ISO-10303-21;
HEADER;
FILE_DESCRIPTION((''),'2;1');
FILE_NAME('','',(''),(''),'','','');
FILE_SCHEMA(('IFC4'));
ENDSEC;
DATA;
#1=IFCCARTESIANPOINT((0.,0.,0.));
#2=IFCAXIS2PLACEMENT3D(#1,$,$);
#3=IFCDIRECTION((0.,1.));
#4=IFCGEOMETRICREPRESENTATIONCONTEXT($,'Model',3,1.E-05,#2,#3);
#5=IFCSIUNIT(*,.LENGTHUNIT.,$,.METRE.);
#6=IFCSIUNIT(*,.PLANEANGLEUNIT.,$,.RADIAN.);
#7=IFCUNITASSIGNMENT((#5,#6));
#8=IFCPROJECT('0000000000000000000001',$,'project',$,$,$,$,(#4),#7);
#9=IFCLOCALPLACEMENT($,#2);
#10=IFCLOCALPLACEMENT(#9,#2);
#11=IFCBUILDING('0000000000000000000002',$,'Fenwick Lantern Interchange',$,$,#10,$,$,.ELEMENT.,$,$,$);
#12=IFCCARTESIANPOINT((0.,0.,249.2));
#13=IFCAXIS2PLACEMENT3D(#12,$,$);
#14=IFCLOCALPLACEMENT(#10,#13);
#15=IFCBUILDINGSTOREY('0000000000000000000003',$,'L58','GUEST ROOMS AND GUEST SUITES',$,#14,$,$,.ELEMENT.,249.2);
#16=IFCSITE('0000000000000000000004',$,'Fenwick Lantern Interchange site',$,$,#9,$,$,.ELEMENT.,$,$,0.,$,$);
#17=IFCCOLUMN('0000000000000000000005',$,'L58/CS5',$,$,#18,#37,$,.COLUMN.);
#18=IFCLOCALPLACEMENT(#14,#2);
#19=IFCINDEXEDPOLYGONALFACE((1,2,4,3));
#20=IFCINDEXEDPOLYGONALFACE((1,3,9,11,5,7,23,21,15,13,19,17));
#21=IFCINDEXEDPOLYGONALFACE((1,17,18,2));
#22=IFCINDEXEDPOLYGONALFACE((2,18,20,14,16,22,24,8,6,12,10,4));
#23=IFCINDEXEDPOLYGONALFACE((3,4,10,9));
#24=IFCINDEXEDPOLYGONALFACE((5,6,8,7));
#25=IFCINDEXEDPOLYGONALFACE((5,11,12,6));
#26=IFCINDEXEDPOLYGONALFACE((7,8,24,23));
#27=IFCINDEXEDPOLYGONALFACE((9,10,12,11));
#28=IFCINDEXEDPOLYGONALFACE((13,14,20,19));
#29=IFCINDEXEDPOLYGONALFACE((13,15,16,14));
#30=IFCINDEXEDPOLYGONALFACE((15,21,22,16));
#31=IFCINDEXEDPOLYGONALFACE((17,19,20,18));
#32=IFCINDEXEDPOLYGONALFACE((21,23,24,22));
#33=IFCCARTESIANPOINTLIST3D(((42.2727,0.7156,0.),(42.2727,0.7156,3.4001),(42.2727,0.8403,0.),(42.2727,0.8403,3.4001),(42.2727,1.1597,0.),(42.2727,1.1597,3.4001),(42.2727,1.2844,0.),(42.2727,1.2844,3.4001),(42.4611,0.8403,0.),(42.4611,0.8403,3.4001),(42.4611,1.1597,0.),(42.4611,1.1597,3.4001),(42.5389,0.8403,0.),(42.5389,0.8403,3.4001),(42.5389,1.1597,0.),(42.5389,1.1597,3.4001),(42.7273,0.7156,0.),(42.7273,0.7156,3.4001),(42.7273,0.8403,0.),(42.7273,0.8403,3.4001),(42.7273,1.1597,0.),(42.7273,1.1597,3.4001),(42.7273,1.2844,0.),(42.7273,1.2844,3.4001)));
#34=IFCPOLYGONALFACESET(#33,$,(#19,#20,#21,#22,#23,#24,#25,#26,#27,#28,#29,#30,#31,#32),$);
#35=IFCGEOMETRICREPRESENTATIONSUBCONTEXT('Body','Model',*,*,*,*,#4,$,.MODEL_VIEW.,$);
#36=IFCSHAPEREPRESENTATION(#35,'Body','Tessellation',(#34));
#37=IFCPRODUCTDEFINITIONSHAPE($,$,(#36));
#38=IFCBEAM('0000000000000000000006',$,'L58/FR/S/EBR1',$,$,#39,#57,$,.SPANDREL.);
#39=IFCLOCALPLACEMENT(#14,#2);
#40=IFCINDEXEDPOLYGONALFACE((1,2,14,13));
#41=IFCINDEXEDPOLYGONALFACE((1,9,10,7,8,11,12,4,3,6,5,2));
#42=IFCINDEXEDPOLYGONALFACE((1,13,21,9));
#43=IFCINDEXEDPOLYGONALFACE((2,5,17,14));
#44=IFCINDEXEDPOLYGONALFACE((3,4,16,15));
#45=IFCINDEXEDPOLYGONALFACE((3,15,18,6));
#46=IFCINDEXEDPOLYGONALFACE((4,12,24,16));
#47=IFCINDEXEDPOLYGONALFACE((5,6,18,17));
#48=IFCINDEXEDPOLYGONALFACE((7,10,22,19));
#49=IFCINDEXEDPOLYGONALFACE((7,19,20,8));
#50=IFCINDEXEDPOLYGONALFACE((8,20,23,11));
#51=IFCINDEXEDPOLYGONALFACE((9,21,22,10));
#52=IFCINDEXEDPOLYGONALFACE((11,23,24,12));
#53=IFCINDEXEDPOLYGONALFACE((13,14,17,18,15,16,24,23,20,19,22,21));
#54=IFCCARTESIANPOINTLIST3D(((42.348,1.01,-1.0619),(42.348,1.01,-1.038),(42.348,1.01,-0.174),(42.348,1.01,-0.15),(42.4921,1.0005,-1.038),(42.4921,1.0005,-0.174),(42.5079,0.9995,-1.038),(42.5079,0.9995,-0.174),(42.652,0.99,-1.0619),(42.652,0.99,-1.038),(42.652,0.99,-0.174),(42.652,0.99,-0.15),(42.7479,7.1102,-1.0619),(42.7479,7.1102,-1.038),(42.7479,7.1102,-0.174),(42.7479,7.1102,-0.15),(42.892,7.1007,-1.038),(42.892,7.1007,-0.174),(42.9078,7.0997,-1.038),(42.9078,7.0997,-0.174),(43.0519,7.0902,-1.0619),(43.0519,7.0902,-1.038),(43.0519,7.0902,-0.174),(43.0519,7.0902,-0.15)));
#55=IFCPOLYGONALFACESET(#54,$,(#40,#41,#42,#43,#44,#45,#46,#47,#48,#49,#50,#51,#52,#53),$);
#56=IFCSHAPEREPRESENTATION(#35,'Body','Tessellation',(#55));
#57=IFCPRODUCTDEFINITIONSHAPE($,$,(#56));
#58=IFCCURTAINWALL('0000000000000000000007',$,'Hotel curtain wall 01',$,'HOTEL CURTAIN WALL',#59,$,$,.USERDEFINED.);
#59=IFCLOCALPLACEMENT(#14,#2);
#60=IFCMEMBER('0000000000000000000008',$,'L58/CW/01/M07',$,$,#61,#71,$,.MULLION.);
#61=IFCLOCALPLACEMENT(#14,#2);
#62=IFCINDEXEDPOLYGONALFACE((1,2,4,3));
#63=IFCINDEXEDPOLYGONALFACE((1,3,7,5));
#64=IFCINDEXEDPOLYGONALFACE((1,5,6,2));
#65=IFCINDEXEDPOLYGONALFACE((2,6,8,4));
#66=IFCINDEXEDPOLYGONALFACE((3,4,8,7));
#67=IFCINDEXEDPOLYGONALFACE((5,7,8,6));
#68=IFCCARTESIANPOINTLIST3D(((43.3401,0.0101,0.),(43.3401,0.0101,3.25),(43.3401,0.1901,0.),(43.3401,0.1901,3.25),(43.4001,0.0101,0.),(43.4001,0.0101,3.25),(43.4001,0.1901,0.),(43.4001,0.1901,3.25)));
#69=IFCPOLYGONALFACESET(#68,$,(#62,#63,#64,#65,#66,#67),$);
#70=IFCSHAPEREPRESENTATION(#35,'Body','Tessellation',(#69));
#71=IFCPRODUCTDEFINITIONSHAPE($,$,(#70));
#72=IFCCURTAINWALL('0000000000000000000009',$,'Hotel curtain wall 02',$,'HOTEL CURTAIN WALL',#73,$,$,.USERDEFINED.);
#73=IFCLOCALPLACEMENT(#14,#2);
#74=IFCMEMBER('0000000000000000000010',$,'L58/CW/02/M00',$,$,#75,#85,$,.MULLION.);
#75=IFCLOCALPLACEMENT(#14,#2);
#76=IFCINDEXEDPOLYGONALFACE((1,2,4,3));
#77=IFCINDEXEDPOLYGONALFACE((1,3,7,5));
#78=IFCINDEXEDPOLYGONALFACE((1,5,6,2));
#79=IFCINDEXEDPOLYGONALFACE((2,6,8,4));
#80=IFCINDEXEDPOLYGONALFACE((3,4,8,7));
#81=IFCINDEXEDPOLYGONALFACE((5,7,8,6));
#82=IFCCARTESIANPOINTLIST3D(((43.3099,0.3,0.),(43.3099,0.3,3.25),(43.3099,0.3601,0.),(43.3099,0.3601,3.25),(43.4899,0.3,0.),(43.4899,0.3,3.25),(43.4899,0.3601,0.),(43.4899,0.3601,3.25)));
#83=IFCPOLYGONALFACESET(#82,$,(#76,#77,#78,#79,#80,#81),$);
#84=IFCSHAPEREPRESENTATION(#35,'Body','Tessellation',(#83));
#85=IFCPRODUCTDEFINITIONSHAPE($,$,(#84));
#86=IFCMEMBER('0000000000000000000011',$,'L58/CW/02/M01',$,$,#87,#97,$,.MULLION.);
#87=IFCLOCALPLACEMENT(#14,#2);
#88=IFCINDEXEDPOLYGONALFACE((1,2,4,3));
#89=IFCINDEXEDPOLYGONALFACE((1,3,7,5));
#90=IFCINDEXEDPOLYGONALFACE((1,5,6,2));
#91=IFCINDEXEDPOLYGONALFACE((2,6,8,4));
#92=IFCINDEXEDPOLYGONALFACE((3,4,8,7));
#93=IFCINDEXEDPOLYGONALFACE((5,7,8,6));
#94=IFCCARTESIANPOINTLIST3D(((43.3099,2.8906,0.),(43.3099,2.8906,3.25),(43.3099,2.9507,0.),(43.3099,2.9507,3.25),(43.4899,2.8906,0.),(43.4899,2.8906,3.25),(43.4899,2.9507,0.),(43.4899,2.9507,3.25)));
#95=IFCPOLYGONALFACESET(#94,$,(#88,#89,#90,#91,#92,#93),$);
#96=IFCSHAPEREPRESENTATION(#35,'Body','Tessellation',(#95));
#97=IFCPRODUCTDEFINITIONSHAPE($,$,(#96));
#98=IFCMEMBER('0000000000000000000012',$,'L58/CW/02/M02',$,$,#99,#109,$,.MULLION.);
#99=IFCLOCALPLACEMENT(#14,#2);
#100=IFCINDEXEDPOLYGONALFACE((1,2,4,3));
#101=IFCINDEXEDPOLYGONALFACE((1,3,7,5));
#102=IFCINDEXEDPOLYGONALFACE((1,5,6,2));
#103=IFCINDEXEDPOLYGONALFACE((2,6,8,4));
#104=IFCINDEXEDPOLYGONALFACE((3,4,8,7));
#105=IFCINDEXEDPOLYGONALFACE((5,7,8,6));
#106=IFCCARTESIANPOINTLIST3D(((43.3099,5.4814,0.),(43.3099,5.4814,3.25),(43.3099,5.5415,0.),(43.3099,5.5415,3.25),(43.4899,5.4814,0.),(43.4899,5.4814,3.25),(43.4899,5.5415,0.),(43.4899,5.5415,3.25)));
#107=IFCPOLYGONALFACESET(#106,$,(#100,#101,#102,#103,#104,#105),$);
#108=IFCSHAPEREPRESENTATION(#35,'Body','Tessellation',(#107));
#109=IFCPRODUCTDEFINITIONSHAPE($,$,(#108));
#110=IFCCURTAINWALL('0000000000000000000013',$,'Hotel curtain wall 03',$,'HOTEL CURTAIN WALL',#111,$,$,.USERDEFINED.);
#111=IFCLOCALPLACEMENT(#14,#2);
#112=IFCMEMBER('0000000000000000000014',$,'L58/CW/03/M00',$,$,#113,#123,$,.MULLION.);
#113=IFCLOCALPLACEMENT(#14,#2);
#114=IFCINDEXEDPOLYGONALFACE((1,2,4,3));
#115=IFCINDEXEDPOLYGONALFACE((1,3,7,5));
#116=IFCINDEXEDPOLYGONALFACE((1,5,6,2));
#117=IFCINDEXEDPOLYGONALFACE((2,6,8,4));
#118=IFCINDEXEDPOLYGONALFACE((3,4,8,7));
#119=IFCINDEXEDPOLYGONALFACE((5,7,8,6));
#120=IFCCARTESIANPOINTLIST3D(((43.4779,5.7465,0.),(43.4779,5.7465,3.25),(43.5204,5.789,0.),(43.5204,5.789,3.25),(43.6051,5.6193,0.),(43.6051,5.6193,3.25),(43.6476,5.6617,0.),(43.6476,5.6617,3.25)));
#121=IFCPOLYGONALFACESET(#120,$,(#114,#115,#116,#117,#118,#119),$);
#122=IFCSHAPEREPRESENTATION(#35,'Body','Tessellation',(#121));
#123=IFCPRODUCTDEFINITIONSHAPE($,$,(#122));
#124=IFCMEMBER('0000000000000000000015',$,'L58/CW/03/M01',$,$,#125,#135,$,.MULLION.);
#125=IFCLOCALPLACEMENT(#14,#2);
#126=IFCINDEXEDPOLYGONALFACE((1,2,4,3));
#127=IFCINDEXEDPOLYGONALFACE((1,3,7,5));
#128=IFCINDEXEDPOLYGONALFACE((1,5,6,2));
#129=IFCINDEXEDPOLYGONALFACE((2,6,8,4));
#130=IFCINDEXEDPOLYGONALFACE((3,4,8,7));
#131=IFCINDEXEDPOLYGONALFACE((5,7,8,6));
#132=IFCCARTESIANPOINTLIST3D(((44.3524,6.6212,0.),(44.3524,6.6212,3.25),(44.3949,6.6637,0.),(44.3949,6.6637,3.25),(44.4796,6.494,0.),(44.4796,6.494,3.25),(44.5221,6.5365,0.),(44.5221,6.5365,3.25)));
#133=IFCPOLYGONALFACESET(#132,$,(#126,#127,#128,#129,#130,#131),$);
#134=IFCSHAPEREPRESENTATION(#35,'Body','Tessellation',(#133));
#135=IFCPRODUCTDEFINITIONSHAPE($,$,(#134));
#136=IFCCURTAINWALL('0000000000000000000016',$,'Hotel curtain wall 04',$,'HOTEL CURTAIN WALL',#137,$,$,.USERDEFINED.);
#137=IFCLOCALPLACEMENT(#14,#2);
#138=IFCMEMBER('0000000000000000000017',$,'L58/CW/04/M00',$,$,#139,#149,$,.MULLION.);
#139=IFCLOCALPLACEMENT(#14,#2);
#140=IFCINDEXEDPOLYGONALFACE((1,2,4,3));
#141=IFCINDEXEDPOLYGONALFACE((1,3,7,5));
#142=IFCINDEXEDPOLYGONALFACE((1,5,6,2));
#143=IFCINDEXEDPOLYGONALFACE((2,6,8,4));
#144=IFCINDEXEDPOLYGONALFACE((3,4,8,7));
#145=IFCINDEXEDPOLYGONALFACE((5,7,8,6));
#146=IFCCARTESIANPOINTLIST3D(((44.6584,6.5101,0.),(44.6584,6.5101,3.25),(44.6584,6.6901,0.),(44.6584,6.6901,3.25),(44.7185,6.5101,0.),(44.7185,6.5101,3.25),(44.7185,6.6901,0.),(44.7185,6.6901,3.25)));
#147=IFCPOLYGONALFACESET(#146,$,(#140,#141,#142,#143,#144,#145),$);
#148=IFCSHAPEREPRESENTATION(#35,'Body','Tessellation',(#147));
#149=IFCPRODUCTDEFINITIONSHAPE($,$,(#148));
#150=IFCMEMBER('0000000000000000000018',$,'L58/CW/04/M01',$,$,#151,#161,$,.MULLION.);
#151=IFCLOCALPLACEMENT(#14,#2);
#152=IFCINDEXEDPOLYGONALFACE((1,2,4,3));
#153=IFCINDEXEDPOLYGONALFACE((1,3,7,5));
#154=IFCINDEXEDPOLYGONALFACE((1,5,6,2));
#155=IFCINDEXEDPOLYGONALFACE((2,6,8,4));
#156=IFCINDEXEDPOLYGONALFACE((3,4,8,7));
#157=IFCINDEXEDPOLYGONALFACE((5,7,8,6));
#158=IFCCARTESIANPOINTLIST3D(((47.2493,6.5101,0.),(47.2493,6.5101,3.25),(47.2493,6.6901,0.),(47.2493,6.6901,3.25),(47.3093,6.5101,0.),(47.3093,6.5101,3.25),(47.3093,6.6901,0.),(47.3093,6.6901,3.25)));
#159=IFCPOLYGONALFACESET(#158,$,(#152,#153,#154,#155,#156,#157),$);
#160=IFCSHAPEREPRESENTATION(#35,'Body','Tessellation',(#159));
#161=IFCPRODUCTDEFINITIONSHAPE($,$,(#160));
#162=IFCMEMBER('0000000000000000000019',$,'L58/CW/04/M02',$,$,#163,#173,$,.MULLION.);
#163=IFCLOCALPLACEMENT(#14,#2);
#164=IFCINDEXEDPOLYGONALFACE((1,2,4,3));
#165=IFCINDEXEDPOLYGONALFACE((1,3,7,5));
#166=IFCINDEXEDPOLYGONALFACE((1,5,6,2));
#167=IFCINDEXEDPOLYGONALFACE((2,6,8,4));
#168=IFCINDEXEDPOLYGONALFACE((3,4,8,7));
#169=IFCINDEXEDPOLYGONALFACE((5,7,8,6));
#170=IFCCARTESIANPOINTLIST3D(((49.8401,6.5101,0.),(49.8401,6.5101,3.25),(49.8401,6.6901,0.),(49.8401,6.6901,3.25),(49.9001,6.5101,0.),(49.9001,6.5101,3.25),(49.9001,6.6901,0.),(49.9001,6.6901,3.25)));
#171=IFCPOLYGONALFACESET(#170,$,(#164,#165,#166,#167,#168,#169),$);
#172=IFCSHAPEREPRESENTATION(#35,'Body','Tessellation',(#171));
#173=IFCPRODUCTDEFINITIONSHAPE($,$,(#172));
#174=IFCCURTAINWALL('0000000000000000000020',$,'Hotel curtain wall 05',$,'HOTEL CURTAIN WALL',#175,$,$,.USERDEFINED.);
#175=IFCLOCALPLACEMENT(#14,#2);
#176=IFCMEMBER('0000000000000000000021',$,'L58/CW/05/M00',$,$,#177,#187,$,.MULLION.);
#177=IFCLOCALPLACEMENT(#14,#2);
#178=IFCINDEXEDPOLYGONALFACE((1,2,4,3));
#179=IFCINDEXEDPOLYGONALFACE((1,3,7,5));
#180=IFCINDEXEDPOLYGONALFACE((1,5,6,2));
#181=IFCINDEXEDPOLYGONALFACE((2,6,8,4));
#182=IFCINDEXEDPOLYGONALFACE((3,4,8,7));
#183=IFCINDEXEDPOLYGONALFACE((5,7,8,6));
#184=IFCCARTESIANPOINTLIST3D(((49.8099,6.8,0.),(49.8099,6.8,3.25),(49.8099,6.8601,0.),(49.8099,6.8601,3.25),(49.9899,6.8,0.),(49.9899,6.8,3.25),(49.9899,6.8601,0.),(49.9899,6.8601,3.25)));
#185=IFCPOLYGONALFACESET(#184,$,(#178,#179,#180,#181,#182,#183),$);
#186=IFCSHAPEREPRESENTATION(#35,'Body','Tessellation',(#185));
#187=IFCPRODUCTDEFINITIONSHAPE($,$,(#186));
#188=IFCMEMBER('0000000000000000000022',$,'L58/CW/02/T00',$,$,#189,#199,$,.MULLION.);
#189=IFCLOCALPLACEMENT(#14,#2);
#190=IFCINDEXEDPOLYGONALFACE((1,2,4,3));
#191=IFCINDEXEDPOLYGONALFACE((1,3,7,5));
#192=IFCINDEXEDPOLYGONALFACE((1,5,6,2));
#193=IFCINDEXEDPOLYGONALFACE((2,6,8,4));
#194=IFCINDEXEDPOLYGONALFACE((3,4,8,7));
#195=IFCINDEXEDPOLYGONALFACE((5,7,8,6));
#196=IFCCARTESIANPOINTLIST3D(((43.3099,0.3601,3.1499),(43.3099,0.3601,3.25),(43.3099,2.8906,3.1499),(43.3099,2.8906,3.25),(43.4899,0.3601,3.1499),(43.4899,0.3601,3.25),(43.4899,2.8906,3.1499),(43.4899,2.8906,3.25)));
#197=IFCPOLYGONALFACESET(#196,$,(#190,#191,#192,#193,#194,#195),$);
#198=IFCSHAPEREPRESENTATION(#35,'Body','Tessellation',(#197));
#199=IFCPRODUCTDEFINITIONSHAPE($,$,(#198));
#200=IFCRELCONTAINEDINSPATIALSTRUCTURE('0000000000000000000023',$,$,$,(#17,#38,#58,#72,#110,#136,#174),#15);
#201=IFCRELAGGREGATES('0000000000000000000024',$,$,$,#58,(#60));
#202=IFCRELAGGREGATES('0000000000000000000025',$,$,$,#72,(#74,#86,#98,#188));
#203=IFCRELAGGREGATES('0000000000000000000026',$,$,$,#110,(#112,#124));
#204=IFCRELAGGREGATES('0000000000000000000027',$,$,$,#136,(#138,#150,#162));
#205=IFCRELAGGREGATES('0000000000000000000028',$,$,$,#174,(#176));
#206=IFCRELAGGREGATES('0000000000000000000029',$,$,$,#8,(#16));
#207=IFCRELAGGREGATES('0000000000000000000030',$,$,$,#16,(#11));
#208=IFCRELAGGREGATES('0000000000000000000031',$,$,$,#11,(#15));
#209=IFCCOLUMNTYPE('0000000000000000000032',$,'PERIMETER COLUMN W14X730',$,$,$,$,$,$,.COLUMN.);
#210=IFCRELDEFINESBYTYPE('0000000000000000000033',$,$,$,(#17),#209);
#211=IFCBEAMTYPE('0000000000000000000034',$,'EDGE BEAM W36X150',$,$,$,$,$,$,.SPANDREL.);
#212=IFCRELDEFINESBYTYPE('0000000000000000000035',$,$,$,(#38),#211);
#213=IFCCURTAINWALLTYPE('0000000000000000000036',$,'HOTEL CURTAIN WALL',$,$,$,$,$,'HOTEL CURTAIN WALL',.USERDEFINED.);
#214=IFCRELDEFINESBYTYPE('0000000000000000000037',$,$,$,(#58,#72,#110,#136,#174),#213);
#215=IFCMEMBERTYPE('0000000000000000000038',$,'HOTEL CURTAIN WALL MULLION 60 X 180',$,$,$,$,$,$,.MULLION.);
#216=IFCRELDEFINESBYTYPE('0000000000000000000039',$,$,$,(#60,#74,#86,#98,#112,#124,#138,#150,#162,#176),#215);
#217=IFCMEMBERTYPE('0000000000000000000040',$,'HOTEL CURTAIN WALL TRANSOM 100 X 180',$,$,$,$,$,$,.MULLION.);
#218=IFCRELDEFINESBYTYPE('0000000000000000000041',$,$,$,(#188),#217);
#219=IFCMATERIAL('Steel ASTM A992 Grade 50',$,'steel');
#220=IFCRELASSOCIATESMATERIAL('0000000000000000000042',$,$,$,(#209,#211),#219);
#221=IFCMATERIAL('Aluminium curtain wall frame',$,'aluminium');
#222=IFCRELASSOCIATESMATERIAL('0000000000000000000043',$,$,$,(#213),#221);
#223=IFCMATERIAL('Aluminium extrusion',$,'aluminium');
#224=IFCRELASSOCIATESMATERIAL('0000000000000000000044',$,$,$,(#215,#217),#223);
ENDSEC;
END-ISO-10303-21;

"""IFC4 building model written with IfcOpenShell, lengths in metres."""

from ifc_helpers import new_model, si_unit, direction, frame, origin, origin_2d, place, context, subcontext, project, spatial, rectangle, i_section, extrude, material, material_profile, profile_set, type_object, element, aggregate, save


model = new_model("IFC4")

# Units and contexts
model_context = context("Model", 3, precision=1e-05, world=origin(), true_north=direction((0.0, 1.0)))
body_context = subcontext(model_context, "Body", "Model", "MODEL_VIEW")
ifc_project = project(units=[si_unit("LENGTHUNIT", "METRE"), si_unit("PLANEANGLEUNIT", "RADIAN")], contexts=[model_context])

# Site, building, storey
site_placement = place(None, origin())
site = spatial("IfcSite", under=ifc_project, at=site_placement, Name="Fenwick Lantern Interchange site", CompositionType="ELEMENT", RefElevation=0.0)
building_placement = place(site_placement, origin())
building = spatial("IfcBuilding", under=site, at=building_placement, Name="Fenwick Lantern Interchange", CompositionType="ELEMENT")
storey_placement = place(building_placement, frame((0.0, 0.0, 249.2)))
storey = spatial("IfcBuildingStorey", under=building, at=storey_placement, Name="L58", Description="GUEST ROOMS AND GUEST SUITES", CompositionType="ELEMENT", Elevation=249.2)

# Column
ifc_material_1 = material(Name="Steel ASTM A992 Grade 50", Category="steel")
ifc_material_profile_1 = material_profile(ifc_material_1, i_section(OverallWidth=0.4546, OverallDepth=0.5688, WebThickness=0.0779, FlangeThickness=0.1248, at=origin_2d()), Name="W14X730")
ifc_profile_set_1 = profile_set([ifc_material_profile_1], Name="Steel ASTM A992 Grade 50")
column_type = type_object("IfcColumnType", Name="PERIMETER COLUMN W14X730", PredefinedType="COLUMN", material=ifc_profile_set_1)
column_placement = place(storey_placement, frame((42.5, 1.0, 0.0), z_axis=(0.0, 0.0, 1.0), x_axis=(1.0, 0.0, 0.0)))
element("IfcColumn", 1, at=column_placement, inside=storey, type_object=column_type, Name="L58/CS5", PredefinedType="COLUMN", context=body_context, shape_type="SweptSolid", body=[
    extrude(i_section(OverallWidth=0.4546, OverallDepth=0.5688, WebThickness=0.0779, FlangeThickness=0.1248, at=origin_2d()), origin(), (0.0, 0.0, 1.0), 3.4001),
])

# Beam
ifc_material_profile_2 = material_profile(ifc_material_1, i_section(OverallWidth=0.3047, OverallDepth=0.9119, WebThickness=0.0159, FlangeThickness=0.0239, at=origin_2d()), Name="W36X150")
ifc_profile_set_2 = profile_set([ifc_material_profile_2], Name="Steel ASTM A992 Grade 50")
beam_type = type_object("IfcBeamType", Name="EDGE BEAM W36X150", PredefinedType="SPANDREL", material=ifc_profile_set_2)
beam_placement = place(storey_placement, frame((42.5, 1.0, -0.606), z_axis=(0.065416, 0.997858, 0.0), x_axis=(-0.997858, 0.065416, 0.0)))
element("IfcBeam", 2, at=beam_placement, inside=storey, type_object=beam_type, Name="L58/FR/S/EBR1", PredefinedType="SPANDREL", context=body_context, shape_type="SweptSolid", body=[
    extrude(i_section(OverallWidth=0.3047, OverallDepth=0.9119, WebThickness=0.0159, FlangeThickness=0.0239, at=origin_2d()), origin(), (0.0, 0.0, 1.0), 6.1133),
])

# Curtain wall, member
ifc_material_2 = material(Name="Aluminium curtain wall frame", Category="aluminium")
curtain_wall_type = type_object("IfcCurtainWallType", Name="HOTEL CURTAIN WALL", ElementType="HOTEL CURTAIN WALL", PredefinedType="USERDEFINED", material=ifc_material_2)
curtain_wall_1_placement = place(storey_placement, origin())
curtain_wall_1 = element("IfcCurtainWall", 3, at=curtain_wall_1_placement, inside=storey, type_object=curtain_wall_type, Name="Hotel curtain wall 01", ObjectType="HOTEL CURTAIN WALL", PredefinedType="USERDEFINED")
ifc_material_3 = material(Name="Aluminium extrusion", Category="aluminium")
ifc_material_profile_3 = material_profile(ifc_material_3, rectangle(XDim=0.1799, YDim=0.0601, at=origin_2d()), Name="HOTEL CURTAIN WALL MULLION 60 X 180")
ifc_profile_set_3 = profile_set([ifc_material_profile_3], Name="Aluminium extrusion")
member_type_1 = type_object("IfcMemberType", Name="HOTEL CURTAIN WALL MULLION 60 X 180", PredefinedType="MULLION", material=ifc_profile_set_3)
member_1_placement = place(storey_placement, frame((43.3701, 0.1001, 0.0), z_axis=(0.0, 0.0, 1.0), x_axis=(0.0, 1.0, 0.0)))
member_1 = element("IfcMember", 4, at=member_1_placement, type_object=member_type_1, Name="L58/CW/01/M07", PredefinedType="MULLION", context=body_context, shape_type="SweptSolid", body=[
    extrude(rectangle(XDim=0.1799, YDim=0.0601, at=origin_2d()), origin(), (0.0, 0.0, 1.0), 3.25),
])
aggregate(curtain_wall_1, [member_1])

# Curtain walls, members
curtain_wall_2_placement = place(storey_placement, origin())
curtain_wall_2 = element("IfcCurtainWall", 5, at=curtain_wall_2_placement, inside=storey, type_object=curtain_wall_type, Name="Hotel curtain wall 02", ObjectType="HOTEL CURTAIN WALL", PredefinedType="USERDEFINED")
member_2_placement = place(storey_placement, frame((43.3999, 0.3301, 0.0), z_axis=(0.0, 0.0, 1.0), x_axis=(-1.0, 0.0, 0.0)))
member_2 = element("IfcMember", 6, at=member_2_placement, type_object=member_type_1, Name="L58/CW/02/M00", PredefinedType="MULLION", context=body_context, shape_type="SweptSolid", body=[
    extrude(rectangle(XDim=0.1799, YDim=0.0601, at=origin_2d()), origin(), (0.0, 0.0, 1.0), 3.25),
])
member_3_placement = place(storey_placement, frame((43.3999, 2.9207, 0.0), z_axis=(0.0, 0.0, 1.0), x_axis=(-1.0, 0.0, 0.0)))
member_3 = element("IfcMember", 7, at=member_3_placement, type_object=member_type_1, Name="L58/CW/02/M01", PredefinedType="MULLION", context=body_context, shape_type="SweptSolid", body=[
    extrude(rectangle(XDim=0.1799, YDim=0.0601, at=origin_2d()), origin(), (0.0, 0.0, 1.0), 3.25),
])
member_4_placement = place(storey_placement, frame((43.3999, 5.5115, 0.0), z_axis=(0.0, 0.0, 1.0), x_axis=(-1.0, 0.0, 0.0)))
member_4 = element("IfcMember", 8, at=member_4_placement, type_object=member_type_1, Name="L58/CW/02/M02", PredefinedType="MULLION", context=body_context, shape_type="SweptSolid", body=[
    extrude(rectangle(XDim=0.1799, YDim=0.0601, at=origin_2d()), origin(), (0.0, 0.0, 1.0), 3.25),
])
curtain_wall_3_placement = place(storey_placement, origin())
curtain_wall_3 = element("IfcCurtainWall", 9, at=curtain_wall_3_placement, inside=storey, type_object=curtain_wall_type, Name="Hotel curtain wall 03", ObjectType="HOTEL CURTAIN WALL", PredefinedType="USERDEFINED")
member_5_placement = place(storey_placement, frame((43.5627, 5.7041, 0.0), z_axis=(0.0, 0.0, 1.0), x_axis=(-0.707107, 0.707107, 0.0)))
member_5 = element("IfcMember", 10, at=member_5_placement, type_object=member_type_1, Name="L58/CW/03/M00", PredefinedType="MULLION", context=body_context, shape_type="SweptSolid", body=[
    extrude(rectangle(XDim=0.1799, YDim=0.0601, at=origin_2d()), origin(), (0.0, 0.0, 1.0), 3.25),
])
member_6_placement = place(storey_placement, frame((44.4373, 6.5789, 0.0), z_axis=(0.0, 0.0, 1.0), x_axis=(-0.707107, 0.707107, 0.0)))
member_6 = element("IfcMember", 11, at=member_6_placement, type_object=member_type_1, Name="L58/CW/03/M01", PredefinedType="MULLION", context=body_context, shape_type="SweptSolid", body=[
    extrude(rectangle(XDim=0.1799, YDim=0.0601, at=origin_2d()), origin(), (0.0, 0.0, 1.0), 3.25),
])
curtain_wall_4_placement = place(storey_placement, origin())
curtain_wall_4 = element("IfcCurtainWall", 12, at=curtain_wall_4_placement, inside=storey, type_object=curtain_wall_type, Name="Hotel curtain wall 04", ObjectType="HOTEL CURTAIN WALL", PredefinedType="USERDEFINED")
member_7_placement = place(storey_placement, frame((44.6885, 6.6001, 0.0), z_axis=(0.0, 0.0, 1.0), x_axis=(0.0, 1.0, 0.0)))
member_7 = element("IfcMember", 13, at=member_7_placement, type_object=member_type_1, Name="L58/CW/04/M00", PredefinedType="MULLION", context=body_context, shape_type="SweptSolid", body=[
    extrude(rectangle(XDim=0.1799, YDim=0.0601, at=origin_2d()), origin(), (0.0, 0.0, 1.0), 3.25),
])
member_8_placement = place(storey_placement, frame((47.2793, 6.6001, 0.0), z_axis=(0.0, 0.0, 1.0), x_axis=(0.0, 1.0, 0.0)))
member_8 = element("IfcMember", 14, at=member_8_placement, type_object=member_type_1, Name="L58/CW/04/M01", PredefinedType="MULLION", context=body_context, shape_type="SweptSolid", body=[
    extrude(rectangle(XDim=0.1799, YDim=0.0601, at=origin_2d()), origin(), (0.0, 0.0, 1.0), 3.25),
])
member_9_placement = place(storey_placement, frame((49.8701, 6.6001, 0.0), z_axis=(0.0, 0.0, 1.0), x_axis=(0.0, 1.0, 0.0)))
member_9 = element("IfcMember", 15, at=member_9_placement, type_object=member_type_1, Name="L58/CW/04/M02", PredefinedType="MULLION", context=body_context, shape_type="SweptSolid", body=[
    extrude(rectangle(XDim=0.1799, YDim=0.0601, at=origin_2d()), origin(), (0.0, 0.0, 1.0), 3.25),
])

# Curtain wall, member
curtain_wall_5_placement = place(storey_placement, origin())
curtain_wall_5 = element("IfcCurtainWall", 16, at=curtain_wall_5_placement, inside=storey, type_object=curtain_wall_type, Name="Hotel curtain wall 05", ObjectType="HOTEL CURTAIN WALL", PredefinedType="USERDEFINED")
member_10_placement = place(storey_placement, frame((49.8999, 6.8301, 0.0), z_axis=(0.0, 0.0, 1.0), x_axis=(-1.0, 0.0, 0.0)))
member_10 = element("IfcMember", 17, at=member_10_placement, type_object=member_type_1, Name="L58/CW/05/M00", PredefinedType="MULLION", context=body_context, shape_type="SweptSolid", body=[
    extrude(rectangle(XDim=0.1799, YDim=0.0601, at=origin_2d()), origin(), (0.0, 0.0, 1.0), 3.25),
])

# Member
ifc_material_profile_4 = material_profile(ifc_material_3, rectangle(XDim=0.1799, YDim=0.1001, at=origin_2d()), Name="HOTEL CURTAIN WALL TRANSOM 100 X 180")
ifc_profile_set_4 = profile_set([ifc_material_profile_4], Name="Aluminium extrusion")
member_type_2 = type_object("IfcMemberType", Name="HOTEL CURTAIN WALL TRANSOM 100 X 180", PredefinedType="MULLION", material=ifc_profile_set_4)
member_11_placement = place(storey_placement, frame((43.3999, 0.3601, 3.2), z_axis=(0.0, 1.0, 0.0), x_axis=(-1.0, 0.0, 0.0)))
member_11 = element("IfcMember", 18, at=member_11_placement, type_object=member_type_2, Name="L58/CW/02/T00", PredefinedType="MULLION", context=body_context, shape_type="SweptSolid", body=[
    extrude(rectangle(XDim=0.1799, YDim=0.1001, at=origin_2d()), origin(), (0.0, 0.0, 1.0), 2.5305),
])

aggregate(curtain_wall_2, [member_2, member_3, member_4, member_11])
aggregate(curtain_wall_3, [member_5, member_6])
aggregate(curtain_wall_4, [member_7, member_8, member_9])
aggregate(curtain_wall_5, [member_10])

save(model, "model.ifc")
